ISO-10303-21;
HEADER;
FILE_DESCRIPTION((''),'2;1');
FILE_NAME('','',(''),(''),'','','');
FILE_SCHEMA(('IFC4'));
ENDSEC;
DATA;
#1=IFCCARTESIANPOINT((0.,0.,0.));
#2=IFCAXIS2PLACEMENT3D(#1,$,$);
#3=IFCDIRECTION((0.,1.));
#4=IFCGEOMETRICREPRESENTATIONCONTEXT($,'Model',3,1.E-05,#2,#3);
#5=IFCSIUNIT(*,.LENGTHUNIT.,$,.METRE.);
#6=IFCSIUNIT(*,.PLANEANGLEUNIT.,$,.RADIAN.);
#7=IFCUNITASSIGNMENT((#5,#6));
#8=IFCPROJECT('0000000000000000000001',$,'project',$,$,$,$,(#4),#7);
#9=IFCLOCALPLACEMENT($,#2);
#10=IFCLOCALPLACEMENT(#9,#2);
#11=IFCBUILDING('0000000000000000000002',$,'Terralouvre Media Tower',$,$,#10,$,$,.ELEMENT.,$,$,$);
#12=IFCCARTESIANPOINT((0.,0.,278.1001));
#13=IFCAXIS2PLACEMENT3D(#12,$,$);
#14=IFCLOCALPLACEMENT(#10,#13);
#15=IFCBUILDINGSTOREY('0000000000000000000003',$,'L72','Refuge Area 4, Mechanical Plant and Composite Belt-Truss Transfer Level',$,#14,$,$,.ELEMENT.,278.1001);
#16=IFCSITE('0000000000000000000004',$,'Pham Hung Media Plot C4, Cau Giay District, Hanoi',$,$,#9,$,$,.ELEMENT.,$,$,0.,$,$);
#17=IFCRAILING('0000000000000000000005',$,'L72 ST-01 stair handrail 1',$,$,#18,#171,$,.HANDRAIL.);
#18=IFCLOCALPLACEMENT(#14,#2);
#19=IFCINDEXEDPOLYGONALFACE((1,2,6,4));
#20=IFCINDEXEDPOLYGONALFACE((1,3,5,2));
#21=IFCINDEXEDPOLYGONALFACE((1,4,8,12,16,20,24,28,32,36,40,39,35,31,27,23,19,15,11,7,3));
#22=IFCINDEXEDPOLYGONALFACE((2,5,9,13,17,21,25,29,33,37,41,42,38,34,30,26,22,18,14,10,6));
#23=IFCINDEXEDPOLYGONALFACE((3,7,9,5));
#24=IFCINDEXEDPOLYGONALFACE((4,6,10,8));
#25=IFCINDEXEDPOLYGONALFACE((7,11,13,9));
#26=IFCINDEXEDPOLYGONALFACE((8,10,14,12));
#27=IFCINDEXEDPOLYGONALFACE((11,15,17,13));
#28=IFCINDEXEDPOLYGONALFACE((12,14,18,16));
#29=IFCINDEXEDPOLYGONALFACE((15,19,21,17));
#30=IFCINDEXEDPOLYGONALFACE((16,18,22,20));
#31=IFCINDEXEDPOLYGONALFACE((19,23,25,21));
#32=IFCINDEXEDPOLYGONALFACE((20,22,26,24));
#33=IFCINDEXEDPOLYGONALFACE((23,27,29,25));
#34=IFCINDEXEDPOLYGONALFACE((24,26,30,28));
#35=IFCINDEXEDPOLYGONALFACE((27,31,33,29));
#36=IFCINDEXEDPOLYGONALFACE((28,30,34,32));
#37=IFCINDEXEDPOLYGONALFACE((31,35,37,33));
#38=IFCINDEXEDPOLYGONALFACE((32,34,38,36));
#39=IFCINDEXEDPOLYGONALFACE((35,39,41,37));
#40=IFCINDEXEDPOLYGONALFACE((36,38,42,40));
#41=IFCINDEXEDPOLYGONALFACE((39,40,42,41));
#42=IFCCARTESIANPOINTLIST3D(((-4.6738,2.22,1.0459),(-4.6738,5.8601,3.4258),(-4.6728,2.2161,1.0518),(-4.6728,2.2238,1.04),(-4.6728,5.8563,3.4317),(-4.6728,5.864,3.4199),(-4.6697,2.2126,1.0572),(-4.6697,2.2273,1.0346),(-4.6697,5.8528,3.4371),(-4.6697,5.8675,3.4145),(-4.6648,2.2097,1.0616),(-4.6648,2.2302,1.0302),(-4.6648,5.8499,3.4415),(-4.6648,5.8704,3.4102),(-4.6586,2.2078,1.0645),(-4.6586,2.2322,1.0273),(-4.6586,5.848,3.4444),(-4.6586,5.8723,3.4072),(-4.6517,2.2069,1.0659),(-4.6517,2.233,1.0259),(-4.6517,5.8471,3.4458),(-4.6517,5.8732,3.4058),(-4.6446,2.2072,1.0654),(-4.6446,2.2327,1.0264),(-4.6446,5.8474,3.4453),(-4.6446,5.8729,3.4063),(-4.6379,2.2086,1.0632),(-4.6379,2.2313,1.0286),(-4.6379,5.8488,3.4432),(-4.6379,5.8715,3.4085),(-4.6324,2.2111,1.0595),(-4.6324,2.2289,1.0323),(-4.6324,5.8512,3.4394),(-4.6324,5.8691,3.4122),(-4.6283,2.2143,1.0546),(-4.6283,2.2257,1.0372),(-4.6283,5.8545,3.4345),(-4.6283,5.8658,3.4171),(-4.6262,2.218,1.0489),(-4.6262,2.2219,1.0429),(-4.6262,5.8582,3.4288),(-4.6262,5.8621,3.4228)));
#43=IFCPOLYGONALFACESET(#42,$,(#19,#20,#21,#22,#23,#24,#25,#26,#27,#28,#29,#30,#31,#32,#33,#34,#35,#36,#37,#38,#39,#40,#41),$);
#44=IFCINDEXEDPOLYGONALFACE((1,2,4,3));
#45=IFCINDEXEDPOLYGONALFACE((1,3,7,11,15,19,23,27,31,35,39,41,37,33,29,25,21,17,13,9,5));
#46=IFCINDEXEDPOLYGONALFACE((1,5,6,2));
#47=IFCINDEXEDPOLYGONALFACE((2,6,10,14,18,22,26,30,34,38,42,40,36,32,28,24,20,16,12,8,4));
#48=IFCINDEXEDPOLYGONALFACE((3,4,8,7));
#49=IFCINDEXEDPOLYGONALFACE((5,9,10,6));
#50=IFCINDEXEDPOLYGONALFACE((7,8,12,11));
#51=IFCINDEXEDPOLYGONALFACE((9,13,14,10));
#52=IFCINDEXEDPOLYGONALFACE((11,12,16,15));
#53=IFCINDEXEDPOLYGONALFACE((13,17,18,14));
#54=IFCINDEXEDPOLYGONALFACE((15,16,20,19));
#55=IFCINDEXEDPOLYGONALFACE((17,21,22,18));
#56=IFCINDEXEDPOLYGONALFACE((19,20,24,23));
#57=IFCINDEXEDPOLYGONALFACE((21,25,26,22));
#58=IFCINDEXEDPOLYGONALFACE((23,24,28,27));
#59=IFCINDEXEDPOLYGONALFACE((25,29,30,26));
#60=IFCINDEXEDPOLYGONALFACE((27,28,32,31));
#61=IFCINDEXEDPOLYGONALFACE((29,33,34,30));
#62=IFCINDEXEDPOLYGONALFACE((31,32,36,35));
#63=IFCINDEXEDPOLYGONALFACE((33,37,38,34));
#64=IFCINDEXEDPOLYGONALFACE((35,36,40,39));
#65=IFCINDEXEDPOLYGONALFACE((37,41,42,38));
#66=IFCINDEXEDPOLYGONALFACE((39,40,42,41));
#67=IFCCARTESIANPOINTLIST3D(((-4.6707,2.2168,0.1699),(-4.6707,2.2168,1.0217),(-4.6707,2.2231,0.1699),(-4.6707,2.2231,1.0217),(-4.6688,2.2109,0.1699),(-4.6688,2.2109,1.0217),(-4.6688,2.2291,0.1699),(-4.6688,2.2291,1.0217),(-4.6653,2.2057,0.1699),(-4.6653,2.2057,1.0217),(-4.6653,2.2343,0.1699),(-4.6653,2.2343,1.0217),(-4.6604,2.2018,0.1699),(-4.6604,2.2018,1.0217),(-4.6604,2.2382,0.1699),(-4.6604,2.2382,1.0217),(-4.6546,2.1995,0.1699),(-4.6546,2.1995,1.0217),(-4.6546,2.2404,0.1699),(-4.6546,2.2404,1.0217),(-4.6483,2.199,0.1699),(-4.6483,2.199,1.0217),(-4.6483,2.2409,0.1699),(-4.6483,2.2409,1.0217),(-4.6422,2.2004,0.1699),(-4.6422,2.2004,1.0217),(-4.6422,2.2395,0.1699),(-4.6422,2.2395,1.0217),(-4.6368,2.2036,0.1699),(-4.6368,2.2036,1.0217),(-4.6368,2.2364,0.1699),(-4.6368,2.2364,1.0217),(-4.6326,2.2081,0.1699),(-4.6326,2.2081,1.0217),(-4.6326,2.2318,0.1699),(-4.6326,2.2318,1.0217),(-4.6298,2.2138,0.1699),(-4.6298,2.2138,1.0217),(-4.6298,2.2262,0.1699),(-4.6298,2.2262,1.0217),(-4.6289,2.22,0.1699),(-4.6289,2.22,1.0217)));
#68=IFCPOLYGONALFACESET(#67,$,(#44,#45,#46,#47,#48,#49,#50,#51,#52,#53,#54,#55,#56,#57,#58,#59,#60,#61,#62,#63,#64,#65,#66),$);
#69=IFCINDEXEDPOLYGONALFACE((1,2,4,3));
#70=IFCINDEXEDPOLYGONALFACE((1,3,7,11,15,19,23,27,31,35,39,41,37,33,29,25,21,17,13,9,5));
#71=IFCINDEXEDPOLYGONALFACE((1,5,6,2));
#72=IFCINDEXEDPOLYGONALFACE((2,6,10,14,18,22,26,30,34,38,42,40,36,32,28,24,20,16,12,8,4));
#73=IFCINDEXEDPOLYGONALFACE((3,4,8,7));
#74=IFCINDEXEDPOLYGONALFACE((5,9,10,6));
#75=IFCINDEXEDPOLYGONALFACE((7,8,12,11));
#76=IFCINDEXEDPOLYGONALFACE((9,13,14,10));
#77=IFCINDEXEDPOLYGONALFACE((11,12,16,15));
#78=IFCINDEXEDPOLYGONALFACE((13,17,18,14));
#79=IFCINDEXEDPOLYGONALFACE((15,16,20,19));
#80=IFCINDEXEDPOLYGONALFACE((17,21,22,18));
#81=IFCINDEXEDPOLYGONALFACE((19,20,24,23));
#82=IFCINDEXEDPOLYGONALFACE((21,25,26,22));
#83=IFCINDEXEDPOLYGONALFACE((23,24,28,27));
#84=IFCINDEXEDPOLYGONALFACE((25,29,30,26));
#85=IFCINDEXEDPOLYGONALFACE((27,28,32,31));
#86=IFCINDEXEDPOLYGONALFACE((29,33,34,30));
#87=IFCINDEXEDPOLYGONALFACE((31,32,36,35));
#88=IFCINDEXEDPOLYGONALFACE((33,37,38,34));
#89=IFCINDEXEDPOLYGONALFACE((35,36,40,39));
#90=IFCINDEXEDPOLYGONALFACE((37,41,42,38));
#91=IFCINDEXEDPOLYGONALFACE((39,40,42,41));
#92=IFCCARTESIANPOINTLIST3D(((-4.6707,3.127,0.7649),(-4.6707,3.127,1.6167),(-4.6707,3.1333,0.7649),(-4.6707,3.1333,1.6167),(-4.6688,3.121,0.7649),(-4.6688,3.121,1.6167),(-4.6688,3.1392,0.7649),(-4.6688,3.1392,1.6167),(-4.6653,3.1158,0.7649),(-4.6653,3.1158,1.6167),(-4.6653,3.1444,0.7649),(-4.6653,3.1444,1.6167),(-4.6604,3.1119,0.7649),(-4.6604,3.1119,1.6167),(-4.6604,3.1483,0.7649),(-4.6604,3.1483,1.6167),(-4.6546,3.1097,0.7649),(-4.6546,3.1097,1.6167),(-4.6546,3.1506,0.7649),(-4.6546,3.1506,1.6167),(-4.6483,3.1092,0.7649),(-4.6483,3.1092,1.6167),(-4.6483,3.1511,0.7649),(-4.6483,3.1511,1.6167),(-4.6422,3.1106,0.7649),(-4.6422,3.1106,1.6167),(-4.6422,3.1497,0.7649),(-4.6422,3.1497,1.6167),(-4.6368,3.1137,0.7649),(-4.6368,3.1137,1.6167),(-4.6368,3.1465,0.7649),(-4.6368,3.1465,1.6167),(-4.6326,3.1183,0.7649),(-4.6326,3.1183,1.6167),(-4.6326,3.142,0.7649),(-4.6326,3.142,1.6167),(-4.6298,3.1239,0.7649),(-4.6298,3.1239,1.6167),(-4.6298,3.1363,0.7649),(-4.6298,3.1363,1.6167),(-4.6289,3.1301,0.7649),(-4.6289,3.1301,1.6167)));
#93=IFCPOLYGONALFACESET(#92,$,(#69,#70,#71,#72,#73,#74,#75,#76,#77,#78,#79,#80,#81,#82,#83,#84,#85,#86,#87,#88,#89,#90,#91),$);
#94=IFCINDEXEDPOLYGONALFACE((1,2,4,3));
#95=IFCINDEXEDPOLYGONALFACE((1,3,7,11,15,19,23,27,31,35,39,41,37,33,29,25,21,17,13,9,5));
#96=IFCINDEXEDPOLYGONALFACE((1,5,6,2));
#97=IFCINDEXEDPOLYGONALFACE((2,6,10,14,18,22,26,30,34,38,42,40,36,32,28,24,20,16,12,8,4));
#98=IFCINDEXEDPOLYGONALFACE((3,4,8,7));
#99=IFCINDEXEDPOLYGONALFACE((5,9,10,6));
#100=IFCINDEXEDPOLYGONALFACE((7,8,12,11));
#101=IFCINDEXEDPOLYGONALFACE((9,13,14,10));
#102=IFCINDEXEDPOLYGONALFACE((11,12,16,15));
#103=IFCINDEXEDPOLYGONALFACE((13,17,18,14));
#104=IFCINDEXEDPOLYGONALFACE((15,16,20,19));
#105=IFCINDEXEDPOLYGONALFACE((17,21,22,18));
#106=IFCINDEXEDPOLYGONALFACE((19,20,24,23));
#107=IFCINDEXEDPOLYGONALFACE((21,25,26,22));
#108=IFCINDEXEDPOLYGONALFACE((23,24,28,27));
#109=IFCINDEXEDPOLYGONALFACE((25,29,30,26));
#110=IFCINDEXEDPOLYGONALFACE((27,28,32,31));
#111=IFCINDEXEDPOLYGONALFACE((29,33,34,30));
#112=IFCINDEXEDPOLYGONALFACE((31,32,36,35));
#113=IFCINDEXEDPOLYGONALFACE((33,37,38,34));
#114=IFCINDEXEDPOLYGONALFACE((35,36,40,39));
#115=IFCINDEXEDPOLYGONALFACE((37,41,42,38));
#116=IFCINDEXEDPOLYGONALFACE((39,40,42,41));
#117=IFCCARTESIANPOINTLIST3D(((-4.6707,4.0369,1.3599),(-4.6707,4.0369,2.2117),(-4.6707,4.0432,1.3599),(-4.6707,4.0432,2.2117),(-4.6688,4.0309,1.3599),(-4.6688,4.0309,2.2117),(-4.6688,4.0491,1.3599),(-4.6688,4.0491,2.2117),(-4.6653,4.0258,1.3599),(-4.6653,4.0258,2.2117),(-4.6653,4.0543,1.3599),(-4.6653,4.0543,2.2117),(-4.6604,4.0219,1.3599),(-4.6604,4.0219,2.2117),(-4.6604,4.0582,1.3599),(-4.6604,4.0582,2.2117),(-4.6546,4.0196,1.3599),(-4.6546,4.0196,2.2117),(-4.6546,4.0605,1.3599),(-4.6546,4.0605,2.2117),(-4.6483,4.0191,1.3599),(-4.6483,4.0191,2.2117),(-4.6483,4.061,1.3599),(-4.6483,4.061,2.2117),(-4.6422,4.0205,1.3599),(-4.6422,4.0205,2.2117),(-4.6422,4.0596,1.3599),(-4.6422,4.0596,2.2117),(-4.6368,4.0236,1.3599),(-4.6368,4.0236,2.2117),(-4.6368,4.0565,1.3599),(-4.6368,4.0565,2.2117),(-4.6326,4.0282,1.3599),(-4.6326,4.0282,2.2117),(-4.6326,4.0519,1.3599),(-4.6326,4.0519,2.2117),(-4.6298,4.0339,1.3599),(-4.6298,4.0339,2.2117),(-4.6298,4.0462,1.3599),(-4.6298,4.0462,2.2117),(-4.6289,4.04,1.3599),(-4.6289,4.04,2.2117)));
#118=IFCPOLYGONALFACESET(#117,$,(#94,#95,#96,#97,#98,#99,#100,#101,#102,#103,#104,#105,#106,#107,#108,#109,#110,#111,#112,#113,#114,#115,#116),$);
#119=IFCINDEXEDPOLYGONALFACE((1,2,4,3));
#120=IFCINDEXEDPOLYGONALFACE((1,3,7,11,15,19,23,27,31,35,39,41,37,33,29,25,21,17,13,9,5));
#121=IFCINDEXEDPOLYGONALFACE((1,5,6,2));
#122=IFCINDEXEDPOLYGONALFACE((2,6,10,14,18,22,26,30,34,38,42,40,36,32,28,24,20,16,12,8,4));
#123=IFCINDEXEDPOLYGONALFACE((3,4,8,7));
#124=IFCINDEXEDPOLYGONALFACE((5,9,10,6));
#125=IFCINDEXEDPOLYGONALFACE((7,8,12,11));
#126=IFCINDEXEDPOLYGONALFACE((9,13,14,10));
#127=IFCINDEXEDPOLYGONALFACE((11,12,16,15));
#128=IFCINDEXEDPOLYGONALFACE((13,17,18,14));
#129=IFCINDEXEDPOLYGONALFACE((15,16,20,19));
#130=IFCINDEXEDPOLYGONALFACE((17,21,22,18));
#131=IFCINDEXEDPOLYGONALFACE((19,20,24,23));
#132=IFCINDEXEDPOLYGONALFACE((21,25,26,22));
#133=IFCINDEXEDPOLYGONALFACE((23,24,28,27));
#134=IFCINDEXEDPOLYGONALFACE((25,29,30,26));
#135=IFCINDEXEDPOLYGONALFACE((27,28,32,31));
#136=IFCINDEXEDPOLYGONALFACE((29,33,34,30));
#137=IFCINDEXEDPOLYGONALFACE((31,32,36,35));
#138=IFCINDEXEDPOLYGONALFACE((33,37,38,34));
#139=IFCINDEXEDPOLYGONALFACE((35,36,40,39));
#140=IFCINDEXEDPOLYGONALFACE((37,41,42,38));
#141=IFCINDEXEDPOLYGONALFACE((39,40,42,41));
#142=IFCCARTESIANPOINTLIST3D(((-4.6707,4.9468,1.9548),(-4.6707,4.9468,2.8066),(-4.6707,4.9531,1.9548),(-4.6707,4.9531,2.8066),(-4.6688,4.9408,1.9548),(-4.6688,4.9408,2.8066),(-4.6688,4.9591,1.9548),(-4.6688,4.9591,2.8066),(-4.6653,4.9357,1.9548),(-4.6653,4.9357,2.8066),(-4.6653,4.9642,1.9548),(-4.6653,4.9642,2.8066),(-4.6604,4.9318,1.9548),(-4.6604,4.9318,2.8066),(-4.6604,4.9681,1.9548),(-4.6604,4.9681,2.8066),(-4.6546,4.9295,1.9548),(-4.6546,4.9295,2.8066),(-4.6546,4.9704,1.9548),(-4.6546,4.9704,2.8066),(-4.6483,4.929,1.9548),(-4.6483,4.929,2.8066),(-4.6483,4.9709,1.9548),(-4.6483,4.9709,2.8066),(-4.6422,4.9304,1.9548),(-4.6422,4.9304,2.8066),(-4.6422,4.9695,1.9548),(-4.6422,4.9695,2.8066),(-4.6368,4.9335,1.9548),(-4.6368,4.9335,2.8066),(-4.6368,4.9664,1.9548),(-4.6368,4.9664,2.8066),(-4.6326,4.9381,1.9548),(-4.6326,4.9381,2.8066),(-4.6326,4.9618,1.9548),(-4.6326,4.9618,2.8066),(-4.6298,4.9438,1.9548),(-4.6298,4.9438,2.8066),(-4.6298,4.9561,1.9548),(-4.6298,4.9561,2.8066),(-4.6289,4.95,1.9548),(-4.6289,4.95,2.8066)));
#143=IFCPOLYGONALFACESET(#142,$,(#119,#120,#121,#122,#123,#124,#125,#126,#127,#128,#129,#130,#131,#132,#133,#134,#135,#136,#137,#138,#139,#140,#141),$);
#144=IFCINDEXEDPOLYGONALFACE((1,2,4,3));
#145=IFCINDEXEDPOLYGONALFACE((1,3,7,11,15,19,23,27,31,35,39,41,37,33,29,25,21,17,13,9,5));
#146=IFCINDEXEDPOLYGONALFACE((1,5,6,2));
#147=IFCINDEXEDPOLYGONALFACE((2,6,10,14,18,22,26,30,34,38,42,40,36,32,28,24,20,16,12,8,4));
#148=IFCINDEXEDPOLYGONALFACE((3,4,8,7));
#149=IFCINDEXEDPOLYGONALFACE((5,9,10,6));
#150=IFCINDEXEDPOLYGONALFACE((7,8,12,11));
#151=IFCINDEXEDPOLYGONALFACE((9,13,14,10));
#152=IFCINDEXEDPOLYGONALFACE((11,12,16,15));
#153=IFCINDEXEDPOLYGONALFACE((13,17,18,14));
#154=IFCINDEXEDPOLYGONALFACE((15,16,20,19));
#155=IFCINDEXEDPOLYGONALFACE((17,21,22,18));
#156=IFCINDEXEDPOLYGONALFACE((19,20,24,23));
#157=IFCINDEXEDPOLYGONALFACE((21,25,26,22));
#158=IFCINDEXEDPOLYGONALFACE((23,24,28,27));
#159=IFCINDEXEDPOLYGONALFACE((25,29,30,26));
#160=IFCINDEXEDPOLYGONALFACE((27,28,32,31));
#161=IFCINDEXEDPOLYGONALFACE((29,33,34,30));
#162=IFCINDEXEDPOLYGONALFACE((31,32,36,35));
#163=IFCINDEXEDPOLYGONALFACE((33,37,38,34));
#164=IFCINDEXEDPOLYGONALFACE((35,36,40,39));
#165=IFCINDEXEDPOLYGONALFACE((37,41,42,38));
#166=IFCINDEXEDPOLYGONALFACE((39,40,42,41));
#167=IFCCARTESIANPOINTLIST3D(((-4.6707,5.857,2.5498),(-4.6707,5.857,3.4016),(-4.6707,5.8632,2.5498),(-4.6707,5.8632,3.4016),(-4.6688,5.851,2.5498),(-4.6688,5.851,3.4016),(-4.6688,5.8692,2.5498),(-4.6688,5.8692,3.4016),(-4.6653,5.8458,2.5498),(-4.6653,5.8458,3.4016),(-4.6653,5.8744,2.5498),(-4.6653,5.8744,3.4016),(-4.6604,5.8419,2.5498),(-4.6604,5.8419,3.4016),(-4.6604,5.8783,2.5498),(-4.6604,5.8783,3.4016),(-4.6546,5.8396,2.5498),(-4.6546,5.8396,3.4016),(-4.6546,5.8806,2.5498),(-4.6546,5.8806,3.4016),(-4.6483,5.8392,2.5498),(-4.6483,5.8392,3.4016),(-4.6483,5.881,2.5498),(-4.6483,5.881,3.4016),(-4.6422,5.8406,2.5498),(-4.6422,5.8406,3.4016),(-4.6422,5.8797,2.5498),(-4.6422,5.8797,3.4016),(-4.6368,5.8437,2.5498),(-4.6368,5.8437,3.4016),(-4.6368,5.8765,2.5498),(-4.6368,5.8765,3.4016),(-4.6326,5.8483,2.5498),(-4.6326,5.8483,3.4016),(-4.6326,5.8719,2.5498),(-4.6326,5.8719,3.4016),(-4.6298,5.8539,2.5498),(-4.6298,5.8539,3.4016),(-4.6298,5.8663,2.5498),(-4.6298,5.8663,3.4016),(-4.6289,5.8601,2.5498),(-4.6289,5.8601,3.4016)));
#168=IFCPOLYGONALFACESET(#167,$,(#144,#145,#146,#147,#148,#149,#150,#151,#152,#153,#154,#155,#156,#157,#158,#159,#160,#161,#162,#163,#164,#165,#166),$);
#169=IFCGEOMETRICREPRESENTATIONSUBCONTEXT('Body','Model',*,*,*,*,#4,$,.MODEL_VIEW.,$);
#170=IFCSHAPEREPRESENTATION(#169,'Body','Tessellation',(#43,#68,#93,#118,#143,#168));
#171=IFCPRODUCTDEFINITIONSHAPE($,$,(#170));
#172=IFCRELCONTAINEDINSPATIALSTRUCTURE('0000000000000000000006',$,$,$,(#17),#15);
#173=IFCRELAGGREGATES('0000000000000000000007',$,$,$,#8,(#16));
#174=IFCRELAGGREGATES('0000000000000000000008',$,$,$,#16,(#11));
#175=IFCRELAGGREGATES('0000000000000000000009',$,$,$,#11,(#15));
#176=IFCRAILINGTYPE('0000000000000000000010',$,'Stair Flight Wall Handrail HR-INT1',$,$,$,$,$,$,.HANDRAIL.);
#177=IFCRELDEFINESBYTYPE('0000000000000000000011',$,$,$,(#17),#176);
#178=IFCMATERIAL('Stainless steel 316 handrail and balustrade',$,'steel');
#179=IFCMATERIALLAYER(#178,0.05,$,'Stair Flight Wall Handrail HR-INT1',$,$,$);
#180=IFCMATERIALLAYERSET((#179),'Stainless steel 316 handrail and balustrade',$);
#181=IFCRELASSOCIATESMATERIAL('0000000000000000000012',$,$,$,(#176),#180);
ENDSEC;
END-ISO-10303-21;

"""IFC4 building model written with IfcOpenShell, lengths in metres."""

from ifc_helpers import new_model, si_unit, direction, frame, origin, origin_2d, place, context, subcontext, project, spatial, circle, extrude, material, layer, layer_set, type_object, element, save


model = new_model("IFC4")

# Units and contexts
model_context = context("Model", 3, precision=1e-05, world=origin(), true_north=direction((0.0, 1.0)))
body_context = subcontext(model_context, "Body", "Model", "MODEL_VIEW")
ifc_project = project(units=[si_unit("LENGTHUNIT", "METRE"), si_unit("PLANEANGLEUNIT", "RADIAN")], contexts=[model_context])

# Site, building, storey
site_placement = place(None, origin())
site = spatial("IfcSite", under=ifc_project, at=site_placement, Name="Pham Hung Media Plot C4, Cau Giay District, Hanoi", CompositionType="ELEMENT", RefElevation=0.0)
building_placement = place(site_placement, origin())
building = spatial("IfcBuilding", under=site, at=building_placement, Name="Terralouvre Media Tower", CompositionType="ELEMENT")
storey_placement = place(building_placement, frame((0.0, 0.0, 278.1001)))
storey = spatial("IfcBuildingStorey", under=building, at=storey_placement, Name="L72", Description="Refuge Area 4, Mechanical Plant and Composite Belt-Truss Transfer Level", CompositionType="ELEMENT", Elevation=278.1001)

# Railing
ifc_material_1 = material(Name="Stainless steel 316 handrail and balustrade", Category="steel")
ifc_layer_1 = layer(ifc_material_1, 0.05, Name="Stair Flight Wall Handrail HR-INT1")
ifc_layer_set_1 = layer_set([ifc_layer_1], Name="Stainless steel 316 handrail and balustrade")
railing_type_1 = type_object("IfcRailingType", Name="Stair Flight Wall Handrail HR-INT1", PredefinedType="HANDRAIL", material=ifc_layer_set_1)
railing_1_placement = place(storey_placement, frame((-4.6499, 2.22, 0.1699)))
element("IfcRailing", 1, at=railing_1_placement, inside=storey, type_object=railing_type_1, Name="L72 ST-01 stair handrail 1", PredefinedType="HANDRAIL", context=body_context, shape_type="SweptSolid", body=[
    extrude(circle(Radius=0.0239, at=origin_2d()), frame((0.0, 0.0, 0.876), z_axis=(0.0, 0.836991, 0.547216), x_axis=(-1.0, 0.0, 0.0)), (0.0, 0.0, 1.0), 4.3491),
    extrude(circle(Radius=0.021, at=origin_2d()), origin(), (0.0, 0.0, 1.0), 0.8518),
    extrude(circle(Radius=0.021, at=origin_2d()), frame((0.0, 0.9102, 0.595)), (0.0, 0.0, 1.0), 0.8518),
    extrude(circle(Radius=0.021, at=origin_2d()), frame((0.0, 1.8201, 1.1899)), (0.0, 0.0, 1.0), 0.8518),
    extrude(circle(Radius=0.021, at=origin_2d()), frame((0.0, 2.73, 1.7849)), (0.0, 0.0, 1.0), 0.8518),
    extrude(circle(Radius=0.021, at=origin_2d()), frame((0.0, 3.6401, 2.3799)), (0.0, 0.0, 1.0), 0.8518),
])

save(model, "model.ifc")
